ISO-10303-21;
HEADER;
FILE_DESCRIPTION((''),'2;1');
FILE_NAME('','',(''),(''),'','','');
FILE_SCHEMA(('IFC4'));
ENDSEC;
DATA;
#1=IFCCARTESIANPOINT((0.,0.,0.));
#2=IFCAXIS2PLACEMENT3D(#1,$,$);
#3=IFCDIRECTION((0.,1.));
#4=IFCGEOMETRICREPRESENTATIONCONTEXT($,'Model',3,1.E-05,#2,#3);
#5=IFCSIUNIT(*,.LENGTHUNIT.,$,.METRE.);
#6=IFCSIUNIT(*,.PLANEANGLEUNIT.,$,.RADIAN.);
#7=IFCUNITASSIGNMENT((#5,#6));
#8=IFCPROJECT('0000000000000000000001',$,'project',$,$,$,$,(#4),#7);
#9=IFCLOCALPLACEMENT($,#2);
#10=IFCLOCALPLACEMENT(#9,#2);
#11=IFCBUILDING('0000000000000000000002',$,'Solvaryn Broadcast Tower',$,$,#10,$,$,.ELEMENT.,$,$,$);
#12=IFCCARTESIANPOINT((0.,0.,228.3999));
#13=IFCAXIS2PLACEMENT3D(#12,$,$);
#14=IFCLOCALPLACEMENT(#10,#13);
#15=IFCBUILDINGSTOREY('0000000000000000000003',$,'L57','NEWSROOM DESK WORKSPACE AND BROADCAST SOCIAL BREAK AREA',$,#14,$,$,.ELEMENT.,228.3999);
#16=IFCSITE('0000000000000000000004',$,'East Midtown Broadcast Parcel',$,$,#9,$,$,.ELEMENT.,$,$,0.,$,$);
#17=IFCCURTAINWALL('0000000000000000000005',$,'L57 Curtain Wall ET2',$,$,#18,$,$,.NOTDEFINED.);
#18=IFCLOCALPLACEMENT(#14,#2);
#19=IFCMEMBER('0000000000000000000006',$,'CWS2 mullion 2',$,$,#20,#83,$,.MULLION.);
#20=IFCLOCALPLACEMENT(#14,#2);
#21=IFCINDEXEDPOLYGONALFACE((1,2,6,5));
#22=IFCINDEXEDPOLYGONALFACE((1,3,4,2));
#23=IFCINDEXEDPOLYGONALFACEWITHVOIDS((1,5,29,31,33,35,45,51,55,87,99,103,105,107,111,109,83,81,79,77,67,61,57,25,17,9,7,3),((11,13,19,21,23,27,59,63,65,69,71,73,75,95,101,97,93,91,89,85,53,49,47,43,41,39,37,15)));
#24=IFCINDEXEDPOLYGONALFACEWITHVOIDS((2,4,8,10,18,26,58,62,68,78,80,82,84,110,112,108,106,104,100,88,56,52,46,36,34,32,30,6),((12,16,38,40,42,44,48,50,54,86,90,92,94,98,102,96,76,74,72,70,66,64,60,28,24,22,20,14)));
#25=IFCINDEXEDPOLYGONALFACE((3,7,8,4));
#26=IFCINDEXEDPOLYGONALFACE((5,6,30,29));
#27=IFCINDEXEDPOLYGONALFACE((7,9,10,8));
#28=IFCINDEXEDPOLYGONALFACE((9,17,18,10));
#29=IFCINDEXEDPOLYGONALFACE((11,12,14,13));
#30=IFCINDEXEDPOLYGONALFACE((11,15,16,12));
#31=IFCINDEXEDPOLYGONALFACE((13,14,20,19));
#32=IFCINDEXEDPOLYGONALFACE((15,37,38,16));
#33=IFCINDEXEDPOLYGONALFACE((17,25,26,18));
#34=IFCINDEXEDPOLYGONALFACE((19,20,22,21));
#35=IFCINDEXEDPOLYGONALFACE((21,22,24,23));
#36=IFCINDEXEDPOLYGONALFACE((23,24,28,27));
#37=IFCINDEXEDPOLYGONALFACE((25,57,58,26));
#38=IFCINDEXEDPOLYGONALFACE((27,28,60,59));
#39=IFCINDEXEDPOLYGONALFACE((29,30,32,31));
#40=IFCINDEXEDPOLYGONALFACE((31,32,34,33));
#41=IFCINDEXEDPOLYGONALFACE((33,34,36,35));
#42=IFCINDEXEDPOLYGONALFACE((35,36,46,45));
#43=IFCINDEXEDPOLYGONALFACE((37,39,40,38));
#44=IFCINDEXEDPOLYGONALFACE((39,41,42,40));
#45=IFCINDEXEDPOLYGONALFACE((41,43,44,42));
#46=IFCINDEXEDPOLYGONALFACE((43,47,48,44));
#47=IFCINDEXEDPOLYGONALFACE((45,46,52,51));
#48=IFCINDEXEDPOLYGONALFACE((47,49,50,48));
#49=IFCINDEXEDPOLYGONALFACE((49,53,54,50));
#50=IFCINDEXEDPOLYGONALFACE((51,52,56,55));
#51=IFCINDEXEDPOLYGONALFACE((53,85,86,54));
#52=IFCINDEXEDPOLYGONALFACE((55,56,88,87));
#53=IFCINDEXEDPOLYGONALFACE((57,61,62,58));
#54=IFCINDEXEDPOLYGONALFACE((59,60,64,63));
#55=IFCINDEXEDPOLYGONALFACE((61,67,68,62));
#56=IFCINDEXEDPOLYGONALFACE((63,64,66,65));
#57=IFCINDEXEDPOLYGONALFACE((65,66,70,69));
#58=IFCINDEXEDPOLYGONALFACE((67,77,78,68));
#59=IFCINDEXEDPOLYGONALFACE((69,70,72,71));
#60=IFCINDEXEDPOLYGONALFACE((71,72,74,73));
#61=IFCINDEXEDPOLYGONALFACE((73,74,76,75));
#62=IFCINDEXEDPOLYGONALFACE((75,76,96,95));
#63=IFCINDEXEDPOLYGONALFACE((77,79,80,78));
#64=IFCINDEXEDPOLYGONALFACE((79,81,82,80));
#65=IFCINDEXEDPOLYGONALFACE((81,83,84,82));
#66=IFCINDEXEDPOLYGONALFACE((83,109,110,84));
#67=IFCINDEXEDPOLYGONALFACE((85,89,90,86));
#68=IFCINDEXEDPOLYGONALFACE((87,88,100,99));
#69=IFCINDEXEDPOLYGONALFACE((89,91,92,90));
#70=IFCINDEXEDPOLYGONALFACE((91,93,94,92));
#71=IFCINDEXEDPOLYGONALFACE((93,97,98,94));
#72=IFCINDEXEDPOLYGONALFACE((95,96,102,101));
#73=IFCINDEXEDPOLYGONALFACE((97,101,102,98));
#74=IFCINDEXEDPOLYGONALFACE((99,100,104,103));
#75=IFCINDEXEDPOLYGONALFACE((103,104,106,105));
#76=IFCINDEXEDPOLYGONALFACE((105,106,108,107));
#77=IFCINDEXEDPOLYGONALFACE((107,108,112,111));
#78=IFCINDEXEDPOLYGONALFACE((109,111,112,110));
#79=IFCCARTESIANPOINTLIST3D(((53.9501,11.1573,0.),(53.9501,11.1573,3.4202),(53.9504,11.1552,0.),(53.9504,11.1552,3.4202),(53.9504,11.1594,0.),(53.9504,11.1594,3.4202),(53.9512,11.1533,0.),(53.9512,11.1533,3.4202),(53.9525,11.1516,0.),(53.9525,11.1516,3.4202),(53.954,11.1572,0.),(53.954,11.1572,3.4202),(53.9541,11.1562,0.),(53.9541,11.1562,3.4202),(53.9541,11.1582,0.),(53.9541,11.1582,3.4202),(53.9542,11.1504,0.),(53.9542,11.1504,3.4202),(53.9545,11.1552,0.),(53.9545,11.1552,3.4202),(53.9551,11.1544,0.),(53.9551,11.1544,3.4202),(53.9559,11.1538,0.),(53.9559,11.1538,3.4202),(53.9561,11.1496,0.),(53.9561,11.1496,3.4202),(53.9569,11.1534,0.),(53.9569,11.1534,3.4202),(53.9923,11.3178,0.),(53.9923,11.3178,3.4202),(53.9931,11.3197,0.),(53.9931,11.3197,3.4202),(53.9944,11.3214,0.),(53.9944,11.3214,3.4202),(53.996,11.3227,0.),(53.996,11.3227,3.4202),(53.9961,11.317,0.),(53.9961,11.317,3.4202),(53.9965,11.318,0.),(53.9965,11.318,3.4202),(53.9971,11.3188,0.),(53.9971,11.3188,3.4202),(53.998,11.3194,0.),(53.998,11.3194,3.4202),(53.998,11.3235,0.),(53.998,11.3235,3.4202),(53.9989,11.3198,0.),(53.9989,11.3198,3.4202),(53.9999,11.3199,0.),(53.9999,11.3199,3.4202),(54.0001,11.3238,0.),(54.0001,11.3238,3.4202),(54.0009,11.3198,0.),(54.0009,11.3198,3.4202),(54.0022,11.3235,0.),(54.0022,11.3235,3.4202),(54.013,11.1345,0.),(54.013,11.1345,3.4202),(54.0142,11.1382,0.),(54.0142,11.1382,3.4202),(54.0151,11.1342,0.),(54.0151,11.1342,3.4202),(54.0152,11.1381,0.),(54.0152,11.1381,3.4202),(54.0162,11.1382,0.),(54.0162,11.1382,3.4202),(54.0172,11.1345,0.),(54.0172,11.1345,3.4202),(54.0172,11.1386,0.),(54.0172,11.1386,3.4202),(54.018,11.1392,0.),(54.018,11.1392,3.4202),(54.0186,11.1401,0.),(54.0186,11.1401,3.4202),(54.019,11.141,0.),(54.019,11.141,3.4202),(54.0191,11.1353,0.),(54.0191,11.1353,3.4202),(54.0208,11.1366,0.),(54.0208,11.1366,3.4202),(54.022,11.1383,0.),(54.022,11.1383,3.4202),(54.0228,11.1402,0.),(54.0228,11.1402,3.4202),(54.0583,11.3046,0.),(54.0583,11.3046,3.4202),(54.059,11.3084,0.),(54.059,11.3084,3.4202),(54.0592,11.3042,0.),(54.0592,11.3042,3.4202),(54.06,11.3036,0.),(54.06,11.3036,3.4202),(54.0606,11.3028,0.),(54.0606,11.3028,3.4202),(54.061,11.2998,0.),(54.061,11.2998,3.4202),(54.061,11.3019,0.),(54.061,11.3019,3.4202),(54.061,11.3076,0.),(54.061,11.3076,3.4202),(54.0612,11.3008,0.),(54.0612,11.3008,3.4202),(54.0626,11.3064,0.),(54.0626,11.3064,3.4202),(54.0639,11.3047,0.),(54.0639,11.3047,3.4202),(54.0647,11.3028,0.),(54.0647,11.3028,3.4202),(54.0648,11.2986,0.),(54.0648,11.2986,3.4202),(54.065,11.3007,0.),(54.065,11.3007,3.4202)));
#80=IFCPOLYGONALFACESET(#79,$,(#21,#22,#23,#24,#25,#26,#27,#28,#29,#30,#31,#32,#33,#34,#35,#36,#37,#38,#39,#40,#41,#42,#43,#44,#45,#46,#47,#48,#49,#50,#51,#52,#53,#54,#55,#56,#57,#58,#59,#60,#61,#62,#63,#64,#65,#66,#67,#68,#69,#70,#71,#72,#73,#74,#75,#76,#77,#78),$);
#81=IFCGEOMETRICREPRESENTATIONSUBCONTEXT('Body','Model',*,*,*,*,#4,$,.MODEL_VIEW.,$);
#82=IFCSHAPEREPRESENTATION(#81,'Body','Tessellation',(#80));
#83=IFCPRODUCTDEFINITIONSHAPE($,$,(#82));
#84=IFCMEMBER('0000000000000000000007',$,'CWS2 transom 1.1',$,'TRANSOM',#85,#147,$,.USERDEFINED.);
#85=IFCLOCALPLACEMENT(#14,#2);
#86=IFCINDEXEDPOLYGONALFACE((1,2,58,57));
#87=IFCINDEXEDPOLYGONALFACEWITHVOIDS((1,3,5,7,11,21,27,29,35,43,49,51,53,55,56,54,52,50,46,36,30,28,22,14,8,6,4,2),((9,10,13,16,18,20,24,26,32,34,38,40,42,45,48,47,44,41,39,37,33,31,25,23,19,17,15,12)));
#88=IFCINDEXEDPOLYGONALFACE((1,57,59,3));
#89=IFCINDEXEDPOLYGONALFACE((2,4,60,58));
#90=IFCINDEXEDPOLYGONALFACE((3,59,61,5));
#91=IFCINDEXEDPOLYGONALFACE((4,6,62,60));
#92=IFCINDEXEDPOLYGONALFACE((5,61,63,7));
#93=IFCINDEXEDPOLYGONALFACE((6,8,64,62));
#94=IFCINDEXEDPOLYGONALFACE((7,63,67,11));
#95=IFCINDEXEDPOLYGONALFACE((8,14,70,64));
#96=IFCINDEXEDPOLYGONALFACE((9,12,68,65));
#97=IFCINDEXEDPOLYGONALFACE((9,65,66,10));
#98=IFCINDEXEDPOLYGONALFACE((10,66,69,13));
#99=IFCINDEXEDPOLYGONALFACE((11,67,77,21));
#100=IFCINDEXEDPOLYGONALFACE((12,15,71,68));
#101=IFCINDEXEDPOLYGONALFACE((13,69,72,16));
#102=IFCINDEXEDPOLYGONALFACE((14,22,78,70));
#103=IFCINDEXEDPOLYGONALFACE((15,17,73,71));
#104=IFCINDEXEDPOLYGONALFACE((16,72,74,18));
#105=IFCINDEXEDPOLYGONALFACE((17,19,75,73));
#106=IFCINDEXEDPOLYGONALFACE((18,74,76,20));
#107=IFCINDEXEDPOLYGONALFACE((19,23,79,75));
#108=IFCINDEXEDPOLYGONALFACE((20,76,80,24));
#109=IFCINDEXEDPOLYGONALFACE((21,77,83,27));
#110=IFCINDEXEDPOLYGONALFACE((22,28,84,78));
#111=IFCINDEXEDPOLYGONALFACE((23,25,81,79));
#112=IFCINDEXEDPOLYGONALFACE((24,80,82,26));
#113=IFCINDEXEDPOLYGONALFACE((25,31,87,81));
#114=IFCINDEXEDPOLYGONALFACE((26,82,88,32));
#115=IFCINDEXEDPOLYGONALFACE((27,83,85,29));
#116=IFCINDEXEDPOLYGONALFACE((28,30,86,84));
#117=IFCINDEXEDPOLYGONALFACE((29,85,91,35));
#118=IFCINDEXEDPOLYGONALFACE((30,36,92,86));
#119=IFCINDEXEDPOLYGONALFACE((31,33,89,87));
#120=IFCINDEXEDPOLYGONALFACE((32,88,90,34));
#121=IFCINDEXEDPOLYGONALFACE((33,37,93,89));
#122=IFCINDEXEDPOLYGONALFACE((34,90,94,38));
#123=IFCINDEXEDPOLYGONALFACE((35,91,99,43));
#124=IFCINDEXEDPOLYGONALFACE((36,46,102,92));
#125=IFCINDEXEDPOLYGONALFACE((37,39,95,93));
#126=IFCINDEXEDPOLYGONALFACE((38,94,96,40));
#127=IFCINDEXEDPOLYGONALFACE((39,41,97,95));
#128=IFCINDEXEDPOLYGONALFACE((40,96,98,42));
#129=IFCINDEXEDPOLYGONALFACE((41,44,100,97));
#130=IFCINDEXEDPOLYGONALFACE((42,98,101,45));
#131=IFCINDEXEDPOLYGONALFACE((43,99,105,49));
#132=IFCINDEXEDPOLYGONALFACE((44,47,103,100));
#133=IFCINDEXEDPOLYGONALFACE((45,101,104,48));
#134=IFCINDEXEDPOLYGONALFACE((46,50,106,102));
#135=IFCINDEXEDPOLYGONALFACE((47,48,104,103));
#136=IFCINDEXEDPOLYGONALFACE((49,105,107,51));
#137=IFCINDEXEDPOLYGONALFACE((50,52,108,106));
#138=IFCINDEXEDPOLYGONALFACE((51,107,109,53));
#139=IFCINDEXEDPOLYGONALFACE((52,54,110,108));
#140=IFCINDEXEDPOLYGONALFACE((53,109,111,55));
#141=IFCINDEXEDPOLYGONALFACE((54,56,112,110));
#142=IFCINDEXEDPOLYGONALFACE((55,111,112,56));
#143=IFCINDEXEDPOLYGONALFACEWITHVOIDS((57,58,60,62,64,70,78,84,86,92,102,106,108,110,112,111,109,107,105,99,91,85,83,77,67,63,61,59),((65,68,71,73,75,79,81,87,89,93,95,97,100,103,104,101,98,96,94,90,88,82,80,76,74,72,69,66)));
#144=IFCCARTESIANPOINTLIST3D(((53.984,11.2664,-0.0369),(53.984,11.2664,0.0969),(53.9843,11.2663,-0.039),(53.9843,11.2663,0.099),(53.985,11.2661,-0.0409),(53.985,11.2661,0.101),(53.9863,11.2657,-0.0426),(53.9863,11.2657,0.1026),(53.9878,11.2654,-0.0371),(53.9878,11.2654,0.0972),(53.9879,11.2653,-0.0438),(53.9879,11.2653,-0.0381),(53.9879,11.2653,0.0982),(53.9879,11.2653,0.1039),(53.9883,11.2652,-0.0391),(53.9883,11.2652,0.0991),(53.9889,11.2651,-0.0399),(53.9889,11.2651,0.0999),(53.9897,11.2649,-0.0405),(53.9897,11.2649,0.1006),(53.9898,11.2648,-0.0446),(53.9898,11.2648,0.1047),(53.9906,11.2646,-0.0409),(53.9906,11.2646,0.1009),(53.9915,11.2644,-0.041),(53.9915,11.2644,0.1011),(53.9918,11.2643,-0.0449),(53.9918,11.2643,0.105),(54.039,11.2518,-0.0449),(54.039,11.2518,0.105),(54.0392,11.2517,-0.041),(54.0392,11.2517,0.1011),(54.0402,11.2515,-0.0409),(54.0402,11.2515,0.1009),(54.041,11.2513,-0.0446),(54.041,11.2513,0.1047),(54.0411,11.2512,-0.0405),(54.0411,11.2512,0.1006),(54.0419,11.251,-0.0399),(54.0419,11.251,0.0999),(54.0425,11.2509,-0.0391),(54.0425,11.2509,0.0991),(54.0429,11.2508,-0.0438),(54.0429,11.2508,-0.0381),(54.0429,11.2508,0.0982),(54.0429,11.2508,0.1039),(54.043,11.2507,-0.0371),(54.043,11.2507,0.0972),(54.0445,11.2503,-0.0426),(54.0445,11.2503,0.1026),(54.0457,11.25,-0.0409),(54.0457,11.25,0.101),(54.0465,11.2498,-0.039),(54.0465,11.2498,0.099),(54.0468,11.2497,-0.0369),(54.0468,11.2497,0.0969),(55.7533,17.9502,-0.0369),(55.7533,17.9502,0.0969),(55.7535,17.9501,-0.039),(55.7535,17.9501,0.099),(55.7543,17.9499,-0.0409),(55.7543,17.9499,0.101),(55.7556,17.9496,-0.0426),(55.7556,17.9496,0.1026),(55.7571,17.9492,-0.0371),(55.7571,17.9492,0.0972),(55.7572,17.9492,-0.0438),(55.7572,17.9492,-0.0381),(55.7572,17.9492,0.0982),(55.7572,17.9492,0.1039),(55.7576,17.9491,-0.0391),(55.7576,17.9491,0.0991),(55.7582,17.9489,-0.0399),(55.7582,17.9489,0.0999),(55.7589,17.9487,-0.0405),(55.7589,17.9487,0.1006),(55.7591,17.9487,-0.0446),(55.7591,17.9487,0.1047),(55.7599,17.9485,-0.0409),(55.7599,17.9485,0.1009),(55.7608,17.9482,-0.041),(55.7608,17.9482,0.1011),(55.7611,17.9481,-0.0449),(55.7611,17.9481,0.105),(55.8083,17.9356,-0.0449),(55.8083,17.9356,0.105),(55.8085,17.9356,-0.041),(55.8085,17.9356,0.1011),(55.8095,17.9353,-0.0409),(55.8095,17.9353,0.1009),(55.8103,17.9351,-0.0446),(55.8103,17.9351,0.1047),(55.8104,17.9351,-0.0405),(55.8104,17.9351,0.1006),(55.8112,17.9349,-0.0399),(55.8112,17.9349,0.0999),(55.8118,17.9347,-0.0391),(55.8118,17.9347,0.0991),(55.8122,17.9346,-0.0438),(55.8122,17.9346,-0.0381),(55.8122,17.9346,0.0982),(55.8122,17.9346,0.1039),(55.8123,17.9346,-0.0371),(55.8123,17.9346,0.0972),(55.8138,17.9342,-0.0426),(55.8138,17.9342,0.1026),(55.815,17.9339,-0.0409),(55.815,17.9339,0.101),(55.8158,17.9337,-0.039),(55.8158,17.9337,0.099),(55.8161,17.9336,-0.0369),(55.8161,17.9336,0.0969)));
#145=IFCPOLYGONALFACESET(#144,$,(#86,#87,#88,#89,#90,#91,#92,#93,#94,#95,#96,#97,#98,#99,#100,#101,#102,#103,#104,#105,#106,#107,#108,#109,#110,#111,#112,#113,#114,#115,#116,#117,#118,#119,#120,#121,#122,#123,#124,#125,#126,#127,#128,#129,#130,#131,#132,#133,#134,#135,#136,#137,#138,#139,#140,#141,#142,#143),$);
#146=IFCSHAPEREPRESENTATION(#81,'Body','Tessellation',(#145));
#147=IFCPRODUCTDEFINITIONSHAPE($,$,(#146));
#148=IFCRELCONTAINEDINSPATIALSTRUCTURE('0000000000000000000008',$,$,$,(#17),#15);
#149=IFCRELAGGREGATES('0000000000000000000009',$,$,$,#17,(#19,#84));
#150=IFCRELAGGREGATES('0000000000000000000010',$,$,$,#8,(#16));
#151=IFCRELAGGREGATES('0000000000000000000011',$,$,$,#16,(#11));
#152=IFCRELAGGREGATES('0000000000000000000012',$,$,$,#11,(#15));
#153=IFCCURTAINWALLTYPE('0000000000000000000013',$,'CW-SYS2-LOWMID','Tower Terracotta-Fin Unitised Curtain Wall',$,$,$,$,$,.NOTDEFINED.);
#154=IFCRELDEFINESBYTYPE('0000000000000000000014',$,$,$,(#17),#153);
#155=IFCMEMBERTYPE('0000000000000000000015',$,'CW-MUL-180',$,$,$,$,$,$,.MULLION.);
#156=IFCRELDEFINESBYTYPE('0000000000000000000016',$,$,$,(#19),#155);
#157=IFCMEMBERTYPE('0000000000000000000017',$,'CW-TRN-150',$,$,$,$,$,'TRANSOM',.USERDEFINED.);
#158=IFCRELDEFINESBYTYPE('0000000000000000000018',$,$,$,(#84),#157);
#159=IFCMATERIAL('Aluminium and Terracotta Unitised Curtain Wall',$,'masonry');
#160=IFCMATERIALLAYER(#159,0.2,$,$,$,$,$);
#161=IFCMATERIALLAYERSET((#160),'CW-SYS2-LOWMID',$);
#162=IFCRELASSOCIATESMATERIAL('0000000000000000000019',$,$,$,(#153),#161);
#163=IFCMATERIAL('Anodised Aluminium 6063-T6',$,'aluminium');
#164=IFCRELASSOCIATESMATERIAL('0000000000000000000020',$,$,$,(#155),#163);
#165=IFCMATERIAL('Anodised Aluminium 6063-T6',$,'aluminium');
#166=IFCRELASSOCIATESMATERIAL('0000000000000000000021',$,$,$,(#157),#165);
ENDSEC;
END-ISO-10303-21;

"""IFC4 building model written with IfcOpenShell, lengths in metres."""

from ifc_helpers import new_model, si_unit, direction, frame, origin, origin_2d, place, context, subcontext, project, spatial, hollow_rectangle, extrude, material, layer, layer_set, material_profile, profile_set, type_object, element, aggregate, save


model = new_model("IFC4")

# Units and contexts
model_context = context("Model", 3, precision=1e-05, world=origin(), true_north=direction((0.0, 1.0)))
body_context = subcontext(model_context, "Body", "Model", "MODEL_VIEW")
ifc_project = project(units=[si_unit("LENGTHUNIT", "METRE"), si_unit("PLANEANGLEUNIT", "RADIAN")], contexts=[model_context])

# Site, building, storey
site_placement = place(None, origin())
site = spatial("IfcSite", under=ifc_project, at=site_placement, Name="East Midtown Broadcast Parcel", CompositionType="ELEMENT", RefElevation=0.0)
building_placement = place(site_placement, origin())
building = spatial("IfcBuilding", under=site, at=building_placement, Name="Solvaryn Broadcast Tower", CompositionType="ELEMENT")
storey_placement = place(building_placement, frame((0.0, 0.0, 228.3999)))
storey = spatial("IfcBuildingStorey", under=building, at=storey_placement, Name="L57", Description="NEWSROOM DESK WORKSPACE AND BROADCAST SOCIAL BREAK AREA", CompositionType="ELEMENT", Elevation=228.3999)

# Shared definitions
ifc_material_1 = material(Name="Aluminium and Terracotta Unitised Curtain Wall", Category="masonry")
ifc_layer_1 = layer(ifc_material_1, 0.2)
ifc_layer_set_1 = layer_set([ifc_layer_1], Name="CW-SYS2-LOWMID")
curtain_wall_type = type_object("IfcCurtainWallType", Name="CW-SYS2-LOWMID", Description="Tower Terracotta-Fin Unitised Curtain Wall", PredefinedType="NOTDEFINED", material=ifc_layer_set_1)
ifc_material_2 = material(Name="Anodised Aluminium 6063-T6", Category="aluminium")
ifc_material_profile_1 = material_profile(ifc_material_2, hollow_rectangle(XDim=0.075, YDim=0.1799, WallThickness=0.0039, InnerFilletRadius=0.0039, OuterFilletRadius=0.0081, at=origin_2d()))
ifc_profile_set_1 = profile_set([ifc_material_profile_1], Name="Anodised Aluminium 6063-T6")
member_type_1 = type_object("IfcMemberType", Name="CW-MUL-180", PredefinedType="MULLION", material=ifc_profile_set_1)

# Curtain wall, members
curtain_wall_1_placement = place(storey_placement, origin())
curtain_wall_1 = element("IfcCurtainWall", 1, at=curtain_wall_1_placement, inside=storey, type_object=curtain_wall_type, Name="L57 Curtain Wall ET2", PredefinedType="NOTDEFINED")
member_1_placement = place(storey_placement, frame((54.0076, 11.229, 0.0), z_axis=(0.0, 0.0, 1.0), x_axis=(0.966705, -0.255893, 0.0)))
member_1 = element("IfcMember", 2, at=member_1_placement, type_object=member_type_1, Name="CWS2 mullion 2", PredefinedType="MULLION", context=body_context, shape_type="SweptSolid", body=[
    extrude(hollow_rectangle(XDim=0.075, YDim=0.1799, WallThickness=0.0039, InnerFilletRadius=0.0039, OuterFilletRadius=0.0081, at=origin_2d()), origin(), (0.0, 0.0, 1.0), 3.4202),
])
ifc_material_3 = material(Name="Anodised Aluminium 6063-T6", Category="aluminium")
ifc_material_profile_2 = material_profile(ifc_material_3, hollow_rectangle(XDim=0.0649, YDim=0.1499, WallThickness=0.0039, InnerFilletRadius=0.0039, OuterFilletRadius=0.0081, at=origin_2d()))
ifc_profile_set_2 = profile_set([ifc_material_profile_2], Name="Anodised Aluminium 6063-T6")
member_type_2 = type_object("IfcMemberType", Name="CW-TRN-150", ElementType="TRANSOM", PredefinedType="USERDEFINED", material=ifc_profile_set_2)
member_2_placement = place(storey_placement, frame((55.7847, 17.9419, 0.03), z_axis=(-0.255897, -0.966704, 0.0), x_axis=(0.966704, -0.255897, 0.0)))
member_2 = element("IfcMember", 3, at=member_2_placement, type_object=member_type_2, Name="CWS2 transom 1.1", ObjectType="TRANSOM", PredefinedType="USERDEFINED", context=body_context, shape_type="SweptSolid", body=[
    extrude(hollow_rectangle(XDim=0.0649, YDim=0.1499, WallThickness=0.0039, InnerFilletRadius=0.0039, OuterFilletRadius=0.0081, at=origin_2d()), origin(), (0.0, 0.0, 1.0), 6.9141),
])

aggregate(curtain_wall_1, [member_1, member_2])

save(model, "model.ifc")
